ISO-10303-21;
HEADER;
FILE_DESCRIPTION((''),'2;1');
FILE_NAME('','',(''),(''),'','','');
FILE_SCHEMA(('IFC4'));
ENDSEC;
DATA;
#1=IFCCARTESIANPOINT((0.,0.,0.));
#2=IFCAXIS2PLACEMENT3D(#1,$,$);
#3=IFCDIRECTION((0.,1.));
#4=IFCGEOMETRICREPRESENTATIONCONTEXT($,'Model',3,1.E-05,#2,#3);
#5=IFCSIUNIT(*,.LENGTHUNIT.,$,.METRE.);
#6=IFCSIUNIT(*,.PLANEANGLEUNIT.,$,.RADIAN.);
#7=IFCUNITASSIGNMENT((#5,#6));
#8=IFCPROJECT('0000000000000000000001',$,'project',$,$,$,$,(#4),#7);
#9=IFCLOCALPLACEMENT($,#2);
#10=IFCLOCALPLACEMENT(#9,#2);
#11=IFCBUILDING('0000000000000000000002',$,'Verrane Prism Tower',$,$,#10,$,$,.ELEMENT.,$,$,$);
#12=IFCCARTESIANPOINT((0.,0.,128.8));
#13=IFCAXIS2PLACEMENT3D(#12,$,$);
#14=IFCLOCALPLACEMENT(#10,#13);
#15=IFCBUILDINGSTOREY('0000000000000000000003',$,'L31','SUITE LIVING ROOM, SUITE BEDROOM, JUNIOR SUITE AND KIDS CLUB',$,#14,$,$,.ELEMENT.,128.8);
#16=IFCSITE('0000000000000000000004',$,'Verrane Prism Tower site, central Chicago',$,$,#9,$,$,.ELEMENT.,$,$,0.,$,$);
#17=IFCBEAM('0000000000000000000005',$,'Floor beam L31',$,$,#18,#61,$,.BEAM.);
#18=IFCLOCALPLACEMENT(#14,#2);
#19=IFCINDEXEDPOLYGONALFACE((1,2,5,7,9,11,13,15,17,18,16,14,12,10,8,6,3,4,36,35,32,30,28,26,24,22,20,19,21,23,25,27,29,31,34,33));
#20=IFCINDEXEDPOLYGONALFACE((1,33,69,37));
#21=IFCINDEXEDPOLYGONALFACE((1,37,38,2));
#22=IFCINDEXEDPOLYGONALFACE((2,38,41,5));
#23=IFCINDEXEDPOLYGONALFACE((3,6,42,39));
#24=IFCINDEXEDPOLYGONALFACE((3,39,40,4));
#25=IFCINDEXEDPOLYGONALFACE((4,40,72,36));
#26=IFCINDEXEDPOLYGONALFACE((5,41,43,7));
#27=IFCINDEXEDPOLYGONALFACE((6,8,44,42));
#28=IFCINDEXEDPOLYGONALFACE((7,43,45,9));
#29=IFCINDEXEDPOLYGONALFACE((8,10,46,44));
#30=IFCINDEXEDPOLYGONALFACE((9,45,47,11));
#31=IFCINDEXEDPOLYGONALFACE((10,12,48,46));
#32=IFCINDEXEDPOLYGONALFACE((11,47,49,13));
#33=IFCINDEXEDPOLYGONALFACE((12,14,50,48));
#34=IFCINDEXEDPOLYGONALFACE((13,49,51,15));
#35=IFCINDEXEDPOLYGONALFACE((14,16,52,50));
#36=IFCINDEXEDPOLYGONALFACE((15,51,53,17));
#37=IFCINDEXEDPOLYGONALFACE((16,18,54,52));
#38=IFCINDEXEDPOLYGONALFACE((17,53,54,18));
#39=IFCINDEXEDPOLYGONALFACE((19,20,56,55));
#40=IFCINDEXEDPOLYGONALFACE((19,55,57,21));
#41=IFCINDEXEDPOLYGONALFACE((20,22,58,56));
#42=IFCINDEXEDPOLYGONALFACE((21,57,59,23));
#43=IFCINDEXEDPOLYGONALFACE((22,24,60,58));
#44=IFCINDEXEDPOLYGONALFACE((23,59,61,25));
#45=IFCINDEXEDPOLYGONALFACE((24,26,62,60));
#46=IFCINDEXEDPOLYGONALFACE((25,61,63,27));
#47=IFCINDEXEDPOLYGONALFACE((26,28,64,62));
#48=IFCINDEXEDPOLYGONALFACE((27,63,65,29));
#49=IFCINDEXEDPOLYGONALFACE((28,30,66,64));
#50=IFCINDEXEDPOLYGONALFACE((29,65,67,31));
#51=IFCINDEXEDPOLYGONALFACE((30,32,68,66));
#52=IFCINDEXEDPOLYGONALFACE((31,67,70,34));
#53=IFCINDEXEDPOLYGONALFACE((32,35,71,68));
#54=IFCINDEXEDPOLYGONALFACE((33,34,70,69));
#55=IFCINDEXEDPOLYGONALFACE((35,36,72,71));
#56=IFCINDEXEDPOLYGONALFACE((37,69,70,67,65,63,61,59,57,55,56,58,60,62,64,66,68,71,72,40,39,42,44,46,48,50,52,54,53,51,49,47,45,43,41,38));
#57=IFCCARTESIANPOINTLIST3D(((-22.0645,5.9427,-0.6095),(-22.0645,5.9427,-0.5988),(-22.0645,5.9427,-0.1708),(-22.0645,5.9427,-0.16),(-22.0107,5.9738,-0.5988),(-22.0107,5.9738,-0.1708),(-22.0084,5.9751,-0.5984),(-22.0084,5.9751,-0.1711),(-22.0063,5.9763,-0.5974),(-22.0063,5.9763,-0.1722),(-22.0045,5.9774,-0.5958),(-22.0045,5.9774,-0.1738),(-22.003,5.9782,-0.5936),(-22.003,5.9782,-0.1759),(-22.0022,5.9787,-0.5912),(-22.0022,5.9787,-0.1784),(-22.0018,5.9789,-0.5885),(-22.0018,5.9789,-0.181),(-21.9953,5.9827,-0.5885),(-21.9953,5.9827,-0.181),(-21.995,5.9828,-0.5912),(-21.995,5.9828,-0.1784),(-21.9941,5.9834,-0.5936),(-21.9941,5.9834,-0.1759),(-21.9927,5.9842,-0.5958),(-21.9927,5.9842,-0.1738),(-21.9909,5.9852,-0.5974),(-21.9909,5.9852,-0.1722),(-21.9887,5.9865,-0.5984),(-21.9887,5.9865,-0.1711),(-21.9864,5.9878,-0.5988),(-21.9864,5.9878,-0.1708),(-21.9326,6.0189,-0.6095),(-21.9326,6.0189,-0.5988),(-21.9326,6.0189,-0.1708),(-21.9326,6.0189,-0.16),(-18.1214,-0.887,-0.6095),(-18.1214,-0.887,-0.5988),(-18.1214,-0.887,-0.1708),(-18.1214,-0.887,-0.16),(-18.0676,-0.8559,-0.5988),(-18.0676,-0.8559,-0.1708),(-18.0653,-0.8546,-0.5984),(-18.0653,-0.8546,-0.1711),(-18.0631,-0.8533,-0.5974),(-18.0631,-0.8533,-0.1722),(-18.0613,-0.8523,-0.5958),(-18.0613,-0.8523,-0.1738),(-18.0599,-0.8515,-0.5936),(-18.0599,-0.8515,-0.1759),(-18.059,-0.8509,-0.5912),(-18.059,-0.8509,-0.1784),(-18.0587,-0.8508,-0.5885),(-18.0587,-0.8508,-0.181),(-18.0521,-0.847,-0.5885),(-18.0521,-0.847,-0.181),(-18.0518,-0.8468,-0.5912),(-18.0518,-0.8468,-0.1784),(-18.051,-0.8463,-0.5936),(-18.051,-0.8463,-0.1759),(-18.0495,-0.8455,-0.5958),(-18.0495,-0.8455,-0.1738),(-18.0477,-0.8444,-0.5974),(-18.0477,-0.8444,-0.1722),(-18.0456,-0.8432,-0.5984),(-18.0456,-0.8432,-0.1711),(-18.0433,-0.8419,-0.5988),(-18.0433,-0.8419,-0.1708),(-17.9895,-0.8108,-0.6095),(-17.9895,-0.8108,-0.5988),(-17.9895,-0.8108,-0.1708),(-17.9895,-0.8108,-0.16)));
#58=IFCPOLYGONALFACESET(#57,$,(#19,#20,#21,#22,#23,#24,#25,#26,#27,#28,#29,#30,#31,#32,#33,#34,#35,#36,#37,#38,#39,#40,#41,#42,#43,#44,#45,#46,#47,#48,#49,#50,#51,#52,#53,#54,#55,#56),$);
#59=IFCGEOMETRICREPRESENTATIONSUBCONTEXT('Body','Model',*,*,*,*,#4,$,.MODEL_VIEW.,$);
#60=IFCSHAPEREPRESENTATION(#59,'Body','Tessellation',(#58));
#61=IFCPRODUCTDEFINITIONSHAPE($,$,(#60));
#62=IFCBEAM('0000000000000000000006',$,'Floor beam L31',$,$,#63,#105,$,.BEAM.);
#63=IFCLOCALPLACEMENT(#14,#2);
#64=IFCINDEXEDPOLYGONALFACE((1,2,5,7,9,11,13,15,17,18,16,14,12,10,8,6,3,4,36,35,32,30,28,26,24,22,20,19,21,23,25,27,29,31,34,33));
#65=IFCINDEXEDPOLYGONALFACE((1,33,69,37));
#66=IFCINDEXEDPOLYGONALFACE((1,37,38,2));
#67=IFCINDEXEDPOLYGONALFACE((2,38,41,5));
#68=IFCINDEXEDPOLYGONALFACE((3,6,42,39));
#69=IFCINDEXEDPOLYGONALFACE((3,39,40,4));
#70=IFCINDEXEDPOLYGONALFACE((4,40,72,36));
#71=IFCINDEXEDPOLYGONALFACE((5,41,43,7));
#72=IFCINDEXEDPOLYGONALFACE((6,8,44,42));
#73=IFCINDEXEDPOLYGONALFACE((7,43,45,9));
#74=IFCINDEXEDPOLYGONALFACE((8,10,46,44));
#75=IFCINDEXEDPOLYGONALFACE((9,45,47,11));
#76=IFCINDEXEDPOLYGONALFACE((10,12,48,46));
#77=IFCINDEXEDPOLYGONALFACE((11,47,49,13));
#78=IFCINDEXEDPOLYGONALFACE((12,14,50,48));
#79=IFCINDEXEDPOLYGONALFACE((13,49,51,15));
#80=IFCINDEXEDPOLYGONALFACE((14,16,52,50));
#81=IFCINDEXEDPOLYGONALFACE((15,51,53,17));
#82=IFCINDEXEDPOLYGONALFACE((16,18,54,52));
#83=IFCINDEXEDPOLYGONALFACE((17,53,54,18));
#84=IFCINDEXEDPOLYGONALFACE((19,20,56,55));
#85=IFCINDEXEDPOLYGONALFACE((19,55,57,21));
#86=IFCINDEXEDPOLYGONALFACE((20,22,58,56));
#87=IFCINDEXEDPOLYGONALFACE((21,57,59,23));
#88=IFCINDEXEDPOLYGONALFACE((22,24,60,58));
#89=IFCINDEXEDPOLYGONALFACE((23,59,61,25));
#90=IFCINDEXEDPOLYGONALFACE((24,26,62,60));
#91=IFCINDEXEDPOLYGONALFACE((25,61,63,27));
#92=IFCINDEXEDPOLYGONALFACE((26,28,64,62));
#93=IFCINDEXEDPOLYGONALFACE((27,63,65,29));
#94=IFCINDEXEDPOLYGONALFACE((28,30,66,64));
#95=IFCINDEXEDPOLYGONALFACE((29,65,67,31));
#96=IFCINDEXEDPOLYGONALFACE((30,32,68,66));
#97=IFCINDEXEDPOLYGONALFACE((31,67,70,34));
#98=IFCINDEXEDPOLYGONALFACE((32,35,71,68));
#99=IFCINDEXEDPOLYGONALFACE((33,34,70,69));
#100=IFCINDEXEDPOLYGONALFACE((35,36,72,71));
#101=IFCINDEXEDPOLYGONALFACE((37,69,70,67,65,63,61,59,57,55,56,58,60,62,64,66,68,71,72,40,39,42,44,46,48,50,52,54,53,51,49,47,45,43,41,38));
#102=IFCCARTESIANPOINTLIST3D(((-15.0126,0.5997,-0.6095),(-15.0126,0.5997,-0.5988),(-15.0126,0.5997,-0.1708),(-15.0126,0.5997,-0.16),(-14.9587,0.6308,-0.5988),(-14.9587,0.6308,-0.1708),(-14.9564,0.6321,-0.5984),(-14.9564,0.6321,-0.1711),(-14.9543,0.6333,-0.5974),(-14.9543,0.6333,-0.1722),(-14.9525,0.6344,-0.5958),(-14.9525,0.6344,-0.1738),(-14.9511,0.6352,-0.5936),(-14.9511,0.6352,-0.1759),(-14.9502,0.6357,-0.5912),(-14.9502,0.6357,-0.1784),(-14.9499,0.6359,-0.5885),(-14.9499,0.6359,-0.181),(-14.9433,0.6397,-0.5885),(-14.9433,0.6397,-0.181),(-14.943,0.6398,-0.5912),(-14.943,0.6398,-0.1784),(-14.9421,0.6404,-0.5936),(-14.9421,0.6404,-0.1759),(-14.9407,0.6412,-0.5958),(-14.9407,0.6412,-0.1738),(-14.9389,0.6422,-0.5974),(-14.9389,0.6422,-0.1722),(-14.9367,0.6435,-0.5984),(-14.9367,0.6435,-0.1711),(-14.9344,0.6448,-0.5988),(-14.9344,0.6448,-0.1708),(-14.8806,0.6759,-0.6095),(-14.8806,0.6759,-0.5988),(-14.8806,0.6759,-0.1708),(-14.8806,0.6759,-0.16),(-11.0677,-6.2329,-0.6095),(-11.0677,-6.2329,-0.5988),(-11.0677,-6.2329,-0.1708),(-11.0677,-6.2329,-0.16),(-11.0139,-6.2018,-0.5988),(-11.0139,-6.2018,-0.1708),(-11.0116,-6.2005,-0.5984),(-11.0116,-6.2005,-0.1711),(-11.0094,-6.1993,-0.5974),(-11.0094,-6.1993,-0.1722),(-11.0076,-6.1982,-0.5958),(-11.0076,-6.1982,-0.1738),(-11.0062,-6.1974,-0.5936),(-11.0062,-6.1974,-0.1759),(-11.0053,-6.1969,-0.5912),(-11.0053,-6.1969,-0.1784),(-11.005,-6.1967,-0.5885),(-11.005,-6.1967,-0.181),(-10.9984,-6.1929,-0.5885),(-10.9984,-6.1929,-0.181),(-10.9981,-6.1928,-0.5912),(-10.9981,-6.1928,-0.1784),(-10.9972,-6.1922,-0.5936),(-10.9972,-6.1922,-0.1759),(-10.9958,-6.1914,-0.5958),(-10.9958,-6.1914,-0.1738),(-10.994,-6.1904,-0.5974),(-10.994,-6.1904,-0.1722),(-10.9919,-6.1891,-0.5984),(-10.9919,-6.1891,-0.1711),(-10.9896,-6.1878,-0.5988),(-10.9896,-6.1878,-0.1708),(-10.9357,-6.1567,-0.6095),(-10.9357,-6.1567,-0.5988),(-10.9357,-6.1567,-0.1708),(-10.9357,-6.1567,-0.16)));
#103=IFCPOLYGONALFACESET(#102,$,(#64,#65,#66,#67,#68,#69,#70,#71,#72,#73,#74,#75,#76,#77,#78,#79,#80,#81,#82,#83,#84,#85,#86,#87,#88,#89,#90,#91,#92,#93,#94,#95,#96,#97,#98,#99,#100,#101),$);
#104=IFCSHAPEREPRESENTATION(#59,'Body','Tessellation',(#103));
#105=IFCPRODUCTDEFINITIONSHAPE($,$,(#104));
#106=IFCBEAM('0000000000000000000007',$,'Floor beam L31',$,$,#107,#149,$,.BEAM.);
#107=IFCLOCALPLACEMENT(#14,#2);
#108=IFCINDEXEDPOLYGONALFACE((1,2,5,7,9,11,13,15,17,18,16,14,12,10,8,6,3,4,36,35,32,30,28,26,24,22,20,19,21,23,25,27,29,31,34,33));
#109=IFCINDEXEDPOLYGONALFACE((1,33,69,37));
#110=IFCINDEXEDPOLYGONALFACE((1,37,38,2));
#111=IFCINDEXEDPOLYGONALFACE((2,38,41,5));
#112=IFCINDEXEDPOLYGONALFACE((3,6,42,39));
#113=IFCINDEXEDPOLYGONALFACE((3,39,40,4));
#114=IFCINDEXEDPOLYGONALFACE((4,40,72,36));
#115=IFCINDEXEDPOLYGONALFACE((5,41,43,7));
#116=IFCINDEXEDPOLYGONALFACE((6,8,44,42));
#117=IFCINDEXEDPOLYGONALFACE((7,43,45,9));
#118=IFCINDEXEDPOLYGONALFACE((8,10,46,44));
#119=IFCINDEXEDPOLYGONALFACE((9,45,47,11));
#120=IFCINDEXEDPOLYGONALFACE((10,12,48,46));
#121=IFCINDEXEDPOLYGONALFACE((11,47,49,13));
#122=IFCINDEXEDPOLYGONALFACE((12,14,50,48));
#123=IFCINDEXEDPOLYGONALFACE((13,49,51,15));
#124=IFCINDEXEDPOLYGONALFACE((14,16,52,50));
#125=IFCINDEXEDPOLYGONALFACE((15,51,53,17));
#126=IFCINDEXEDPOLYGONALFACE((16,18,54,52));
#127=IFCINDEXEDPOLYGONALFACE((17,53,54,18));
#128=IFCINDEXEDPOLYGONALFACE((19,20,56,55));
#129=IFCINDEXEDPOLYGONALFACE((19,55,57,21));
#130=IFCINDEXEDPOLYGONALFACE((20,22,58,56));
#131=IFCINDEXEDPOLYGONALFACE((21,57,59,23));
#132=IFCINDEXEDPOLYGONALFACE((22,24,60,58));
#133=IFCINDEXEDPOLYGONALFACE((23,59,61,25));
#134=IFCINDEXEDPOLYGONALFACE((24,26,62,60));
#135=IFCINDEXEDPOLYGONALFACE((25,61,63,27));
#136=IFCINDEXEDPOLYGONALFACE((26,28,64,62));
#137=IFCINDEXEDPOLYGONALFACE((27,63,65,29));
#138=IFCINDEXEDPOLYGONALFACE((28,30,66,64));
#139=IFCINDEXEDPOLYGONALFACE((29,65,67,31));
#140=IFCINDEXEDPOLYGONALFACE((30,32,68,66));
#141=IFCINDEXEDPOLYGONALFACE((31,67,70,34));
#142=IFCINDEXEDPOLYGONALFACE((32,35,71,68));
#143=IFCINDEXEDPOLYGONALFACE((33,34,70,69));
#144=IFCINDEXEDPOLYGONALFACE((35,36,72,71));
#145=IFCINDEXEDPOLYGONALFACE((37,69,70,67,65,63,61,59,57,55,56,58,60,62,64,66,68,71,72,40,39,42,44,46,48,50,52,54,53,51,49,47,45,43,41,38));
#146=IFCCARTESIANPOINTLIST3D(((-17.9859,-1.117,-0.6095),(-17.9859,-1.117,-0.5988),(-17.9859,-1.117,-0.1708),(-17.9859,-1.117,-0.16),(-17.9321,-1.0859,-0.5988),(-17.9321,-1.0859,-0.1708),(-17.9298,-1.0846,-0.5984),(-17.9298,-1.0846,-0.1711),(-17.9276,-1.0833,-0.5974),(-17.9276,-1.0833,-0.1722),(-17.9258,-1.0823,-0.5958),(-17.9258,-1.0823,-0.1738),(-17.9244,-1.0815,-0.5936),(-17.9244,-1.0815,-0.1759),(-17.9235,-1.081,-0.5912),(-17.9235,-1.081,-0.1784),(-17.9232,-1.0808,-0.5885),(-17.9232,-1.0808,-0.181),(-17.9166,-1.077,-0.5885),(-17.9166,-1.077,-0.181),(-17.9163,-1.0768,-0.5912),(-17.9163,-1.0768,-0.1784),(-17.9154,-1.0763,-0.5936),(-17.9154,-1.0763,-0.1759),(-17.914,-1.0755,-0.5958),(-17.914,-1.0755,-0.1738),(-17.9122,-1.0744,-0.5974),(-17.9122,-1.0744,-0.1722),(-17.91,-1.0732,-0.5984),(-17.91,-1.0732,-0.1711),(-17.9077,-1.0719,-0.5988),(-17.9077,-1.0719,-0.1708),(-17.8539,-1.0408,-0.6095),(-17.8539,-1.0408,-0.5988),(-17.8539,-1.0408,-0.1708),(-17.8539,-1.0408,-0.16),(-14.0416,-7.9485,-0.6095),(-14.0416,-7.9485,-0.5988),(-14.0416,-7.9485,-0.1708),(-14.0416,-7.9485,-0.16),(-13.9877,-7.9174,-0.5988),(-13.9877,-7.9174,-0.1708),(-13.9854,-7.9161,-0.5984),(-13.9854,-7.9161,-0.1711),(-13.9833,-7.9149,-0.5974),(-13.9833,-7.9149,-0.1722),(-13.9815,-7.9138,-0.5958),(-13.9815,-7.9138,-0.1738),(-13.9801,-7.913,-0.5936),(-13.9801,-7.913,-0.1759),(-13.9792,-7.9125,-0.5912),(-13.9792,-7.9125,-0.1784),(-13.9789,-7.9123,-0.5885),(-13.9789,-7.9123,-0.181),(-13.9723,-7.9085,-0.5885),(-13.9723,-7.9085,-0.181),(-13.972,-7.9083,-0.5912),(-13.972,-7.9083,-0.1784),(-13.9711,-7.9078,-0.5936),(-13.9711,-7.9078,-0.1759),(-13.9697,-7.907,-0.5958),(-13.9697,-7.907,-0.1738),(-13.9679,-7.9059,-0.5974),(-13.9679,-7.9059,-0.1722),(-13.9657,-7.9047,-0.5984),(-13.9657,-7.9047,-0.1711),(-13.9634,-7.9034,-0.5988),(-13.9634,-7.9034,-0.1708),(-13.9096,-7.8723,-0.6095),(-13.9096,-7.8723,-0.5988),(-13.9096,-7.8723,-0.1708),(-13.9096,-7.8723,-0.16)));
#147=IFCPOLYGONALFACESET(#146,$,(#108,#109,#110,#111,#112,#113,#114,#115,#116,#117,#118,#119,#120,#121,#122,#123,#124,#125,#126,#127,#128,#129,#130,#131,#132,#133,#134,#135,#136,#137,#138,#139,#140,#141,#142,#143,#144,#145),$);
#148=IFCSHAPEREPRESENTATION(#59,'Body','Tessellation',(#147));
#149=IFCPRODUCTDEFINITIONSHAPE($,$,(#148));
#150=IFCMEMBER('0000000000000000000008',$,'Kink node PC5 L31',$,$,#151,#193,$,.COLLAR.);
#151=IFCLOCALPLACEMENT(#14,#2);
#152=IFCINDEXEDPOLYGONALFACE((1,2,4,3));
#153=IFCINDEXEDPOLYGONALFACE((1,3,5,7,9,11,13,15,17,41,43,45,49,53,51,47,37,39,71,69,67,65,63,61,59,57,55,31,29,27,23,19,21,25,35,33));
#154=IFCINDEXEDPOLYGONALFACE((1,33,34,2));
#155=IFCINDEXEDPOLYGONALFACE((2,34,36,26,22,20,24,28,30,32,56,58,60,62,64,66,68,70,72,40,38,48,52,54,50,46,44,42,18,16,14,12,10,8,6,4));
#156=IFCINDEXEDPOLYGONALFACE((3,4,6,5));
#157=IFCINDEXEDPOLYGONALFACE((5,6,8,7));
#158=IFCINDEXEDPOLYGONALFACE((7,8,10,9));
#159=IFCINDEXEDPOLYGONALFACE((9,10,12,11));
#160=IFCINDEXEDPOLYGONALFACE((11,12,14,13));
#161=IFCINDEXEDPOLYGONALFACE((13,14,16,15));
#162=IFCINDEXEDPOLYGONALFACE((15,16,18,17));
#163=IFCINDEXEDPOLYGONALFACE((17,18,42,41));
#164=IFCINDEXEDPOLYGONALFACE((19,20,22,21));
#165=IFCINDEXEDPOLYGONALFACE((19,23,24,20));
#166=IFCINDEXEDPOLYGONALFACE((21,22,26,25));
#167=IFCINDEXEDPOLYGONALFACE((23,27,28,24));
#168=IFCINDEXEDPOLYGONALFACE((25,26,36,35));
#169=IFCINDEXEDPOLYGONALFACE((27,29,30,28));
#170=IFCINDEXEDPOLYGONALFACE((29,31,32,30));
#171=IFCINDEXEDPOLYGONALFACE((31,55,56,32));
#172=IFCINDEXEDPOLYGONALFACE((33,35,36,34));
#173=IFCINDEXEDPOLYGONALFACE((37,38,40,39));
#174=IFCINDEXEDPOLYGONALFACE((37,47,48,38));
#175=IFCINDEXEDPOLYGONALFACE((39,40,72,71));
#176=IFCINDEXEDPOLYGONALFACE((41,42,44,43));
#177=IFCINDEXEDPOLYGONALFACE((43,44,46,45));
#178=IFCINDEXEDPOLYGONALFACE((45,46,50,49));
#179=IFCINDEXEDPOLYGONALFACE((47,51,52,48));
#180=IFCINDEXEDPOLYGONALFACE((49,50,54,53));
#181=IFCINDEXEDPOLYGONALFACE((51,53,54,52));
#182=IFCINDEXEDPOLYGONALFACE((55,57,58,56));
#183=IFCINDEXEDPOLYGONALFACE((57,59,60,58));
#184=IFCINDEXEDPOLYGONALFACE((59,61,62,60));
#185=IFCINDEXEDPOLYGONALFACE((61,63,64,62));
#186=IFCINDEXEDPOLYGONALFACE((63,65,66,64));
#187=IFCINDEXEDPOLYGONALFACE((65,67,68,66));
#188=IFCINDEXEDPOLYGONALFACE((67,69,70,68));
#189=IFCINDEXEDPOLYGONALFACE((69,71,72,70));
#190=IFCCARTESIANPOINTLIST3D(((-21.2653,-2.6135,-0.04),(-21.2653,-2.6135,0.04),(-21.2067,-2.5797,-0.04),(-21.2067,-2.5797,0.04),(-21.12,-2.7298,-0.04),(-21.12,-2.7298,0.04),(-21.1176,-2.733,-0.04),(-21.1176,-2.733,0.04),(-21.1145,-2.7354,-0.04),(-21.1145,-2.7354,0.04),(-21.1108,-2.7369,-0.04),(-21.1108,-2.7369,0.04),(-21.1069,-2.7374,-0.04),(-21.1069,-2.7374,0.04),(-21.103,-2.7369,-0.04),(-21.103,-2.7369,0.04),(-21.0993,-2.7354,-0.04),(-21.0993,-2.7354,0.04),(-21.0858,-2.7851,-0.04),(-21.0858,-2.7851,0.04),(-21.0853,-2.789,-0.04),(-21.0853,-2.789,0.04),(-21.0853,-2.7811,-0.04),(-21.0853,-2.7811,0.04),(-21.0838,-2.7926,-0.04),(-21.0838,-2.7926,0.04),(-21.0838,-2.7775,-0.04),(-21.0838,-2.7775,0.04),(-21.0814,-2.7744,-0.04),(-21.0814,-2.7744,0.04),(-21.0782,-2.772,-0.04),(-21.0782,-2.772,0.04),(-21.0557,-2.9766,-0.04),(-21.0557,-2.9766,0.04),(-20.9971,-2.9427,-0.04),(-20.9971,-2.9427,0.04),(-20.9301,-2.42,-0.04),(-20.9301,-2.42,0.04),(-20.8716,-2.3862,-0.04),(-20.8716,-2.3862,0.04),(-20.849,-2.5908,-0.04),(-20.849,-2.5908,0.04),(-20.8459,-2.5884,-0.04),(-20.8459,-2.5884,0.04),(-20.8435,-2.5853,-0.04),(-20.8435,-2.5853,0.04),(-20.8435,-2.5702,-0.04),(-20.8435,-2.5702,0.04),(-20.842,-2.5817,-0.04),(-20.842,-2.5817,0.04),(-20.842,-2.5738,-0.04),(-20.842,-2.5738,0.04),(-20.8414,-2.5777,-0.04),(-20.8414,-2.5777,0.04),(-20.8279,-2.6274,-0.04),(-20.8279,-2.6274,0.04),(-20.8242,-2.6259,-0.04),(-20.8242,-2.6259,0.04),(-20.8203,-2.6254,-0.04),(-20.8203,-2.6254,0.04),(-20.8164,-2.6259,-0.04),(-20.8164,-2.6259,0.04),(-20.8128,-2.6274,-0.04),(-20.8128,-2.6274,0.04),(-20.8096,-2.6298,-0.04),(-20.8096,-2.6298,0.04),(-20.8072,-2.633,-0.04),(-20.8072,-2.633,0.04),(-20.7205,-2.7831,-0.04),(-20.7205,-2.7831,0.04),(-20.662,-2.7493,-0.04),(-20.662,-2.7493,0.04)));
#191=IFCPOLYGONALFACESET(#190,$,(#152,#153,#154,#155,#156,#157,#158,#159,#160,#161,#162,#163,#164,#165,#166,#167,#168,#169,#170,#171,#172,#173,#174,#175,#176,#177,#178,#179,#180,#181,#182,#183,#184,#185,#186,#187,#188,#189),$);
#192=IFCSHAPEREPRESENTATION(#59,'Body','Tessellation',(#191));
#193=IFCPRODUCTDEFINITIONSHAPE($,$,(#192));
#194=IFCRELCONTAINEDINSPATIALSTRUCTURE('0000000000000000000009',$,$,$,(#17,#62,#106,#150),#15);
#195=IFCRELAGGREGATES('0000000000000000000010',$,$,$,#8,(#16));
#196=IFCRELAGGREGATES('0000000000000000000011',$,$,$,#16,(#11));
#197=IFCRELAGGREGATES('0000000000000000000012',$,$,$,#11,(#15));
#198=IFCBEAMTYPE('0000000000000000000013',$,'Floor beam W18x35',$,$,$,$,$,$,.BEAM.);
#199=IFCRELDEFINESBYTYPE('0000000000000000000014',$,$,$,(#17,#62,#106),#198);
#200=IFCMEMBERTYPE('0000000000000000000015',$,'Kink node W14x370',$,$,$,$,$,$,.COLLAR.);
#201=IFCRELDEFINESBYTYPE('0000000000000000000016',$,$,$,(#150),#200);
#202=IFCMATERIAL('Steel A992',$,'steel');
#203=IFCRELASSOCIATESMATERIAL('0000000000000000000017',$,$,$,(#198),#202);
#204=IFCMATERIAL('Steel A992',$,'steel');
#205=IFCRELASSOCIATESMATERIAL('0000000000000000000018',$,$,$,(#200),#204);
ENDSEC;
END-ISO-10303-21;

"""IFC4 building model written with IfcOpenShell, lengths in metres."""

from ifc_helpers import new_model, si_unit, direction, frame, origin, origin_2d, place, context, subcontext, project, spatial, i_section, extrude, material, material_profile, profile_set, type_object, element, save


model = new_model("IFC4")

# Units and contexts
model_context = context("Model", 3, precision=1e-05, world=origin(), true_north=direction((0.0, 1.0)))
body_context = subcontext(model_context, "Body", "Model", "MODEL_VIEW")
ifc_project = project(units=[si_unit("LENGTHUNIT", "METRE"), si_unit("PLANEANGLEUNIT", "RADIAN")], contexts=[model_context])

# Site, building, storey
site_placement = place(None, origin())
site = spatial("IfcSite", under=ifc_project, at=site_placement, Name="Verrane Prism Tower site, central Chicago", CompositionType="ELEMENT", RefElevation=0.0)
building_placement = place(site_placement, origin())
building = spatial("IfcBuilding", under=site, at=building_placement, Name="Verrane Prism Tower", CompositionType="ELEMENT")
storey_placement = place(building_placement, frame((0.0, 0.0, 128.8)))
storey = spatial("IfcBuildingStorey", under=building, at=storey_placement, Name="L31", Description="SUITE LIVING ROOM, SUITE BEDROOM, JUNIOR SUITE AND KIDS CLUB", CompositionType="ELEMENT", Elevation=128.8)

# Beams
ifc_material_1 = material(Name="Steel A992", Category="steel")
ifc_material_profile_1 = material_profile(ifc_material_1, i_section(OverallWidth=0.1523, OverallDepth=0.4495, WebThickness=0.0076, FlangeThickness=0.0107, FilletRadius=0.0103, at=origin_2d()), Name="W18x35")
ifc_profile_set_1 = profile_set([ifc_material_profile_1], Name="Steel A992")
beam_type_1 = type_object("IfcBeamType", Name="Floor beam W18x35", PredefinedType="BEAM", material=ifc_profile_set_1)
beam_1_placement = place(storey_placement, frame((-18.0554, -0.8489, -0.3848), z_axis=(-0.500005, 0.866023, 0.0), x_axis=(-0.866023, -0.500005, 0.0)))
element("IfcBeam", 1, at=beam_1_placement, inside=storey, type_object=beam_type_1, Name="Floor beam L31", PredefinedType="BEAM", context=body_context, shape_type="SweptSolid", body=[
    extrude(i_section(OverallWidth=0.1523, OverallDepth=0.4495, WebThickness=0.0076, FlangeThickness=0.0107, FilletRadius=0.0103, at=origin_2d()), origin(), (0.0, 0.0, 1.0), 7.8862),
])
beam_2_placement = place(storey_placement, frame((-11.0017, -6.1948, -0.3848), z_axis=(-0.500006, 0.866022, 0.0), x_axis=(-0.866022, -0.500006, 0.0)))
element("IfcBeam", 2, at=beam_2_placement, inside=storey, type_object=beam_type_1, Name="Floor beam L31", PredefinedType="BEAM", context=body_context, shape_type="SweptSolid", body=[
    extrude(i_section(OverallWidth=0.1523, OverallDepth=0.4495, WebThickness=0.0076, FlangeThickness=0.0107, FilletRadius=0.0103, at=origin_2d()), origin(), (0.0, 0.0, 1.0), 7.8896),
])
beam_3_placement = place(storey_placement, frame((-13.9756, -7.9104, -0.3848), z_axis=(-0.500014, 0.866018, 0.0), x_axis=(-0.866018, -0.500014, 0.0)))
element("IfcBeam", 3, at=beam_3_placement, inside=storey, type_object=beam_type_1, Name="Floor beam L31", PredefinedType="BEAM", context=body_context, shape_type="SweptSolid", body=[
    extrude(i_section(OverallWidth=0.1523, OverallDepth=0.4495, WebThickness=0.0076, FlangeThickness=0.0107, FilletRadius=0.0103, at=origin_2d()), origin(), (0.0, 0.0, 1.0), 7.8884),
])

# Member
ifc_material_2 = material(Name="Steel A992", Category="steel")
ifc_material_profile_2 = material_profile(ifc_material_2, i_section(OverallWidth=0.4192, OverallDepth=0.4546, WebThickness=0.0422, FlangeThickness=0.0676, FilletRadius=0.0151, at=origin_2d()), Name="W14x370")
ifc_profile_set_2 = profile_set([ifc_material_profile_2], Name="Steel A992")
member_type_1 = type_object("IfcMemberType", Name="Kink node W14x370", PredefinedType="COLLAR", material=ifc_profile_set_2)
member_1_placement = place(storey_placement, frame((-20.9636, -2.6814, -0.04), z_axis=(0.0, 0.0, 1.0), x_axis=(-0.5, 0.866025, 0.0)))
element("IfcMember", 4, at=member_1_placement, inside=storey, type_object=member_type_1, Name="Kink node PC5 L31", PredefinedType="COLLAR", context=body_context, shape_type="SweptSolid", body=[
    extrude(i_section(OverallWidth=0.4192, OverallDepth=0.4546, WebThickness=0.0422, FlangeThickness=0.0676, FilletRadius=0.0151, at=origin_2d()), origin(), (0.0, 0.0, 1.0), 0.0801),
])

save(model, "model.ifc")
